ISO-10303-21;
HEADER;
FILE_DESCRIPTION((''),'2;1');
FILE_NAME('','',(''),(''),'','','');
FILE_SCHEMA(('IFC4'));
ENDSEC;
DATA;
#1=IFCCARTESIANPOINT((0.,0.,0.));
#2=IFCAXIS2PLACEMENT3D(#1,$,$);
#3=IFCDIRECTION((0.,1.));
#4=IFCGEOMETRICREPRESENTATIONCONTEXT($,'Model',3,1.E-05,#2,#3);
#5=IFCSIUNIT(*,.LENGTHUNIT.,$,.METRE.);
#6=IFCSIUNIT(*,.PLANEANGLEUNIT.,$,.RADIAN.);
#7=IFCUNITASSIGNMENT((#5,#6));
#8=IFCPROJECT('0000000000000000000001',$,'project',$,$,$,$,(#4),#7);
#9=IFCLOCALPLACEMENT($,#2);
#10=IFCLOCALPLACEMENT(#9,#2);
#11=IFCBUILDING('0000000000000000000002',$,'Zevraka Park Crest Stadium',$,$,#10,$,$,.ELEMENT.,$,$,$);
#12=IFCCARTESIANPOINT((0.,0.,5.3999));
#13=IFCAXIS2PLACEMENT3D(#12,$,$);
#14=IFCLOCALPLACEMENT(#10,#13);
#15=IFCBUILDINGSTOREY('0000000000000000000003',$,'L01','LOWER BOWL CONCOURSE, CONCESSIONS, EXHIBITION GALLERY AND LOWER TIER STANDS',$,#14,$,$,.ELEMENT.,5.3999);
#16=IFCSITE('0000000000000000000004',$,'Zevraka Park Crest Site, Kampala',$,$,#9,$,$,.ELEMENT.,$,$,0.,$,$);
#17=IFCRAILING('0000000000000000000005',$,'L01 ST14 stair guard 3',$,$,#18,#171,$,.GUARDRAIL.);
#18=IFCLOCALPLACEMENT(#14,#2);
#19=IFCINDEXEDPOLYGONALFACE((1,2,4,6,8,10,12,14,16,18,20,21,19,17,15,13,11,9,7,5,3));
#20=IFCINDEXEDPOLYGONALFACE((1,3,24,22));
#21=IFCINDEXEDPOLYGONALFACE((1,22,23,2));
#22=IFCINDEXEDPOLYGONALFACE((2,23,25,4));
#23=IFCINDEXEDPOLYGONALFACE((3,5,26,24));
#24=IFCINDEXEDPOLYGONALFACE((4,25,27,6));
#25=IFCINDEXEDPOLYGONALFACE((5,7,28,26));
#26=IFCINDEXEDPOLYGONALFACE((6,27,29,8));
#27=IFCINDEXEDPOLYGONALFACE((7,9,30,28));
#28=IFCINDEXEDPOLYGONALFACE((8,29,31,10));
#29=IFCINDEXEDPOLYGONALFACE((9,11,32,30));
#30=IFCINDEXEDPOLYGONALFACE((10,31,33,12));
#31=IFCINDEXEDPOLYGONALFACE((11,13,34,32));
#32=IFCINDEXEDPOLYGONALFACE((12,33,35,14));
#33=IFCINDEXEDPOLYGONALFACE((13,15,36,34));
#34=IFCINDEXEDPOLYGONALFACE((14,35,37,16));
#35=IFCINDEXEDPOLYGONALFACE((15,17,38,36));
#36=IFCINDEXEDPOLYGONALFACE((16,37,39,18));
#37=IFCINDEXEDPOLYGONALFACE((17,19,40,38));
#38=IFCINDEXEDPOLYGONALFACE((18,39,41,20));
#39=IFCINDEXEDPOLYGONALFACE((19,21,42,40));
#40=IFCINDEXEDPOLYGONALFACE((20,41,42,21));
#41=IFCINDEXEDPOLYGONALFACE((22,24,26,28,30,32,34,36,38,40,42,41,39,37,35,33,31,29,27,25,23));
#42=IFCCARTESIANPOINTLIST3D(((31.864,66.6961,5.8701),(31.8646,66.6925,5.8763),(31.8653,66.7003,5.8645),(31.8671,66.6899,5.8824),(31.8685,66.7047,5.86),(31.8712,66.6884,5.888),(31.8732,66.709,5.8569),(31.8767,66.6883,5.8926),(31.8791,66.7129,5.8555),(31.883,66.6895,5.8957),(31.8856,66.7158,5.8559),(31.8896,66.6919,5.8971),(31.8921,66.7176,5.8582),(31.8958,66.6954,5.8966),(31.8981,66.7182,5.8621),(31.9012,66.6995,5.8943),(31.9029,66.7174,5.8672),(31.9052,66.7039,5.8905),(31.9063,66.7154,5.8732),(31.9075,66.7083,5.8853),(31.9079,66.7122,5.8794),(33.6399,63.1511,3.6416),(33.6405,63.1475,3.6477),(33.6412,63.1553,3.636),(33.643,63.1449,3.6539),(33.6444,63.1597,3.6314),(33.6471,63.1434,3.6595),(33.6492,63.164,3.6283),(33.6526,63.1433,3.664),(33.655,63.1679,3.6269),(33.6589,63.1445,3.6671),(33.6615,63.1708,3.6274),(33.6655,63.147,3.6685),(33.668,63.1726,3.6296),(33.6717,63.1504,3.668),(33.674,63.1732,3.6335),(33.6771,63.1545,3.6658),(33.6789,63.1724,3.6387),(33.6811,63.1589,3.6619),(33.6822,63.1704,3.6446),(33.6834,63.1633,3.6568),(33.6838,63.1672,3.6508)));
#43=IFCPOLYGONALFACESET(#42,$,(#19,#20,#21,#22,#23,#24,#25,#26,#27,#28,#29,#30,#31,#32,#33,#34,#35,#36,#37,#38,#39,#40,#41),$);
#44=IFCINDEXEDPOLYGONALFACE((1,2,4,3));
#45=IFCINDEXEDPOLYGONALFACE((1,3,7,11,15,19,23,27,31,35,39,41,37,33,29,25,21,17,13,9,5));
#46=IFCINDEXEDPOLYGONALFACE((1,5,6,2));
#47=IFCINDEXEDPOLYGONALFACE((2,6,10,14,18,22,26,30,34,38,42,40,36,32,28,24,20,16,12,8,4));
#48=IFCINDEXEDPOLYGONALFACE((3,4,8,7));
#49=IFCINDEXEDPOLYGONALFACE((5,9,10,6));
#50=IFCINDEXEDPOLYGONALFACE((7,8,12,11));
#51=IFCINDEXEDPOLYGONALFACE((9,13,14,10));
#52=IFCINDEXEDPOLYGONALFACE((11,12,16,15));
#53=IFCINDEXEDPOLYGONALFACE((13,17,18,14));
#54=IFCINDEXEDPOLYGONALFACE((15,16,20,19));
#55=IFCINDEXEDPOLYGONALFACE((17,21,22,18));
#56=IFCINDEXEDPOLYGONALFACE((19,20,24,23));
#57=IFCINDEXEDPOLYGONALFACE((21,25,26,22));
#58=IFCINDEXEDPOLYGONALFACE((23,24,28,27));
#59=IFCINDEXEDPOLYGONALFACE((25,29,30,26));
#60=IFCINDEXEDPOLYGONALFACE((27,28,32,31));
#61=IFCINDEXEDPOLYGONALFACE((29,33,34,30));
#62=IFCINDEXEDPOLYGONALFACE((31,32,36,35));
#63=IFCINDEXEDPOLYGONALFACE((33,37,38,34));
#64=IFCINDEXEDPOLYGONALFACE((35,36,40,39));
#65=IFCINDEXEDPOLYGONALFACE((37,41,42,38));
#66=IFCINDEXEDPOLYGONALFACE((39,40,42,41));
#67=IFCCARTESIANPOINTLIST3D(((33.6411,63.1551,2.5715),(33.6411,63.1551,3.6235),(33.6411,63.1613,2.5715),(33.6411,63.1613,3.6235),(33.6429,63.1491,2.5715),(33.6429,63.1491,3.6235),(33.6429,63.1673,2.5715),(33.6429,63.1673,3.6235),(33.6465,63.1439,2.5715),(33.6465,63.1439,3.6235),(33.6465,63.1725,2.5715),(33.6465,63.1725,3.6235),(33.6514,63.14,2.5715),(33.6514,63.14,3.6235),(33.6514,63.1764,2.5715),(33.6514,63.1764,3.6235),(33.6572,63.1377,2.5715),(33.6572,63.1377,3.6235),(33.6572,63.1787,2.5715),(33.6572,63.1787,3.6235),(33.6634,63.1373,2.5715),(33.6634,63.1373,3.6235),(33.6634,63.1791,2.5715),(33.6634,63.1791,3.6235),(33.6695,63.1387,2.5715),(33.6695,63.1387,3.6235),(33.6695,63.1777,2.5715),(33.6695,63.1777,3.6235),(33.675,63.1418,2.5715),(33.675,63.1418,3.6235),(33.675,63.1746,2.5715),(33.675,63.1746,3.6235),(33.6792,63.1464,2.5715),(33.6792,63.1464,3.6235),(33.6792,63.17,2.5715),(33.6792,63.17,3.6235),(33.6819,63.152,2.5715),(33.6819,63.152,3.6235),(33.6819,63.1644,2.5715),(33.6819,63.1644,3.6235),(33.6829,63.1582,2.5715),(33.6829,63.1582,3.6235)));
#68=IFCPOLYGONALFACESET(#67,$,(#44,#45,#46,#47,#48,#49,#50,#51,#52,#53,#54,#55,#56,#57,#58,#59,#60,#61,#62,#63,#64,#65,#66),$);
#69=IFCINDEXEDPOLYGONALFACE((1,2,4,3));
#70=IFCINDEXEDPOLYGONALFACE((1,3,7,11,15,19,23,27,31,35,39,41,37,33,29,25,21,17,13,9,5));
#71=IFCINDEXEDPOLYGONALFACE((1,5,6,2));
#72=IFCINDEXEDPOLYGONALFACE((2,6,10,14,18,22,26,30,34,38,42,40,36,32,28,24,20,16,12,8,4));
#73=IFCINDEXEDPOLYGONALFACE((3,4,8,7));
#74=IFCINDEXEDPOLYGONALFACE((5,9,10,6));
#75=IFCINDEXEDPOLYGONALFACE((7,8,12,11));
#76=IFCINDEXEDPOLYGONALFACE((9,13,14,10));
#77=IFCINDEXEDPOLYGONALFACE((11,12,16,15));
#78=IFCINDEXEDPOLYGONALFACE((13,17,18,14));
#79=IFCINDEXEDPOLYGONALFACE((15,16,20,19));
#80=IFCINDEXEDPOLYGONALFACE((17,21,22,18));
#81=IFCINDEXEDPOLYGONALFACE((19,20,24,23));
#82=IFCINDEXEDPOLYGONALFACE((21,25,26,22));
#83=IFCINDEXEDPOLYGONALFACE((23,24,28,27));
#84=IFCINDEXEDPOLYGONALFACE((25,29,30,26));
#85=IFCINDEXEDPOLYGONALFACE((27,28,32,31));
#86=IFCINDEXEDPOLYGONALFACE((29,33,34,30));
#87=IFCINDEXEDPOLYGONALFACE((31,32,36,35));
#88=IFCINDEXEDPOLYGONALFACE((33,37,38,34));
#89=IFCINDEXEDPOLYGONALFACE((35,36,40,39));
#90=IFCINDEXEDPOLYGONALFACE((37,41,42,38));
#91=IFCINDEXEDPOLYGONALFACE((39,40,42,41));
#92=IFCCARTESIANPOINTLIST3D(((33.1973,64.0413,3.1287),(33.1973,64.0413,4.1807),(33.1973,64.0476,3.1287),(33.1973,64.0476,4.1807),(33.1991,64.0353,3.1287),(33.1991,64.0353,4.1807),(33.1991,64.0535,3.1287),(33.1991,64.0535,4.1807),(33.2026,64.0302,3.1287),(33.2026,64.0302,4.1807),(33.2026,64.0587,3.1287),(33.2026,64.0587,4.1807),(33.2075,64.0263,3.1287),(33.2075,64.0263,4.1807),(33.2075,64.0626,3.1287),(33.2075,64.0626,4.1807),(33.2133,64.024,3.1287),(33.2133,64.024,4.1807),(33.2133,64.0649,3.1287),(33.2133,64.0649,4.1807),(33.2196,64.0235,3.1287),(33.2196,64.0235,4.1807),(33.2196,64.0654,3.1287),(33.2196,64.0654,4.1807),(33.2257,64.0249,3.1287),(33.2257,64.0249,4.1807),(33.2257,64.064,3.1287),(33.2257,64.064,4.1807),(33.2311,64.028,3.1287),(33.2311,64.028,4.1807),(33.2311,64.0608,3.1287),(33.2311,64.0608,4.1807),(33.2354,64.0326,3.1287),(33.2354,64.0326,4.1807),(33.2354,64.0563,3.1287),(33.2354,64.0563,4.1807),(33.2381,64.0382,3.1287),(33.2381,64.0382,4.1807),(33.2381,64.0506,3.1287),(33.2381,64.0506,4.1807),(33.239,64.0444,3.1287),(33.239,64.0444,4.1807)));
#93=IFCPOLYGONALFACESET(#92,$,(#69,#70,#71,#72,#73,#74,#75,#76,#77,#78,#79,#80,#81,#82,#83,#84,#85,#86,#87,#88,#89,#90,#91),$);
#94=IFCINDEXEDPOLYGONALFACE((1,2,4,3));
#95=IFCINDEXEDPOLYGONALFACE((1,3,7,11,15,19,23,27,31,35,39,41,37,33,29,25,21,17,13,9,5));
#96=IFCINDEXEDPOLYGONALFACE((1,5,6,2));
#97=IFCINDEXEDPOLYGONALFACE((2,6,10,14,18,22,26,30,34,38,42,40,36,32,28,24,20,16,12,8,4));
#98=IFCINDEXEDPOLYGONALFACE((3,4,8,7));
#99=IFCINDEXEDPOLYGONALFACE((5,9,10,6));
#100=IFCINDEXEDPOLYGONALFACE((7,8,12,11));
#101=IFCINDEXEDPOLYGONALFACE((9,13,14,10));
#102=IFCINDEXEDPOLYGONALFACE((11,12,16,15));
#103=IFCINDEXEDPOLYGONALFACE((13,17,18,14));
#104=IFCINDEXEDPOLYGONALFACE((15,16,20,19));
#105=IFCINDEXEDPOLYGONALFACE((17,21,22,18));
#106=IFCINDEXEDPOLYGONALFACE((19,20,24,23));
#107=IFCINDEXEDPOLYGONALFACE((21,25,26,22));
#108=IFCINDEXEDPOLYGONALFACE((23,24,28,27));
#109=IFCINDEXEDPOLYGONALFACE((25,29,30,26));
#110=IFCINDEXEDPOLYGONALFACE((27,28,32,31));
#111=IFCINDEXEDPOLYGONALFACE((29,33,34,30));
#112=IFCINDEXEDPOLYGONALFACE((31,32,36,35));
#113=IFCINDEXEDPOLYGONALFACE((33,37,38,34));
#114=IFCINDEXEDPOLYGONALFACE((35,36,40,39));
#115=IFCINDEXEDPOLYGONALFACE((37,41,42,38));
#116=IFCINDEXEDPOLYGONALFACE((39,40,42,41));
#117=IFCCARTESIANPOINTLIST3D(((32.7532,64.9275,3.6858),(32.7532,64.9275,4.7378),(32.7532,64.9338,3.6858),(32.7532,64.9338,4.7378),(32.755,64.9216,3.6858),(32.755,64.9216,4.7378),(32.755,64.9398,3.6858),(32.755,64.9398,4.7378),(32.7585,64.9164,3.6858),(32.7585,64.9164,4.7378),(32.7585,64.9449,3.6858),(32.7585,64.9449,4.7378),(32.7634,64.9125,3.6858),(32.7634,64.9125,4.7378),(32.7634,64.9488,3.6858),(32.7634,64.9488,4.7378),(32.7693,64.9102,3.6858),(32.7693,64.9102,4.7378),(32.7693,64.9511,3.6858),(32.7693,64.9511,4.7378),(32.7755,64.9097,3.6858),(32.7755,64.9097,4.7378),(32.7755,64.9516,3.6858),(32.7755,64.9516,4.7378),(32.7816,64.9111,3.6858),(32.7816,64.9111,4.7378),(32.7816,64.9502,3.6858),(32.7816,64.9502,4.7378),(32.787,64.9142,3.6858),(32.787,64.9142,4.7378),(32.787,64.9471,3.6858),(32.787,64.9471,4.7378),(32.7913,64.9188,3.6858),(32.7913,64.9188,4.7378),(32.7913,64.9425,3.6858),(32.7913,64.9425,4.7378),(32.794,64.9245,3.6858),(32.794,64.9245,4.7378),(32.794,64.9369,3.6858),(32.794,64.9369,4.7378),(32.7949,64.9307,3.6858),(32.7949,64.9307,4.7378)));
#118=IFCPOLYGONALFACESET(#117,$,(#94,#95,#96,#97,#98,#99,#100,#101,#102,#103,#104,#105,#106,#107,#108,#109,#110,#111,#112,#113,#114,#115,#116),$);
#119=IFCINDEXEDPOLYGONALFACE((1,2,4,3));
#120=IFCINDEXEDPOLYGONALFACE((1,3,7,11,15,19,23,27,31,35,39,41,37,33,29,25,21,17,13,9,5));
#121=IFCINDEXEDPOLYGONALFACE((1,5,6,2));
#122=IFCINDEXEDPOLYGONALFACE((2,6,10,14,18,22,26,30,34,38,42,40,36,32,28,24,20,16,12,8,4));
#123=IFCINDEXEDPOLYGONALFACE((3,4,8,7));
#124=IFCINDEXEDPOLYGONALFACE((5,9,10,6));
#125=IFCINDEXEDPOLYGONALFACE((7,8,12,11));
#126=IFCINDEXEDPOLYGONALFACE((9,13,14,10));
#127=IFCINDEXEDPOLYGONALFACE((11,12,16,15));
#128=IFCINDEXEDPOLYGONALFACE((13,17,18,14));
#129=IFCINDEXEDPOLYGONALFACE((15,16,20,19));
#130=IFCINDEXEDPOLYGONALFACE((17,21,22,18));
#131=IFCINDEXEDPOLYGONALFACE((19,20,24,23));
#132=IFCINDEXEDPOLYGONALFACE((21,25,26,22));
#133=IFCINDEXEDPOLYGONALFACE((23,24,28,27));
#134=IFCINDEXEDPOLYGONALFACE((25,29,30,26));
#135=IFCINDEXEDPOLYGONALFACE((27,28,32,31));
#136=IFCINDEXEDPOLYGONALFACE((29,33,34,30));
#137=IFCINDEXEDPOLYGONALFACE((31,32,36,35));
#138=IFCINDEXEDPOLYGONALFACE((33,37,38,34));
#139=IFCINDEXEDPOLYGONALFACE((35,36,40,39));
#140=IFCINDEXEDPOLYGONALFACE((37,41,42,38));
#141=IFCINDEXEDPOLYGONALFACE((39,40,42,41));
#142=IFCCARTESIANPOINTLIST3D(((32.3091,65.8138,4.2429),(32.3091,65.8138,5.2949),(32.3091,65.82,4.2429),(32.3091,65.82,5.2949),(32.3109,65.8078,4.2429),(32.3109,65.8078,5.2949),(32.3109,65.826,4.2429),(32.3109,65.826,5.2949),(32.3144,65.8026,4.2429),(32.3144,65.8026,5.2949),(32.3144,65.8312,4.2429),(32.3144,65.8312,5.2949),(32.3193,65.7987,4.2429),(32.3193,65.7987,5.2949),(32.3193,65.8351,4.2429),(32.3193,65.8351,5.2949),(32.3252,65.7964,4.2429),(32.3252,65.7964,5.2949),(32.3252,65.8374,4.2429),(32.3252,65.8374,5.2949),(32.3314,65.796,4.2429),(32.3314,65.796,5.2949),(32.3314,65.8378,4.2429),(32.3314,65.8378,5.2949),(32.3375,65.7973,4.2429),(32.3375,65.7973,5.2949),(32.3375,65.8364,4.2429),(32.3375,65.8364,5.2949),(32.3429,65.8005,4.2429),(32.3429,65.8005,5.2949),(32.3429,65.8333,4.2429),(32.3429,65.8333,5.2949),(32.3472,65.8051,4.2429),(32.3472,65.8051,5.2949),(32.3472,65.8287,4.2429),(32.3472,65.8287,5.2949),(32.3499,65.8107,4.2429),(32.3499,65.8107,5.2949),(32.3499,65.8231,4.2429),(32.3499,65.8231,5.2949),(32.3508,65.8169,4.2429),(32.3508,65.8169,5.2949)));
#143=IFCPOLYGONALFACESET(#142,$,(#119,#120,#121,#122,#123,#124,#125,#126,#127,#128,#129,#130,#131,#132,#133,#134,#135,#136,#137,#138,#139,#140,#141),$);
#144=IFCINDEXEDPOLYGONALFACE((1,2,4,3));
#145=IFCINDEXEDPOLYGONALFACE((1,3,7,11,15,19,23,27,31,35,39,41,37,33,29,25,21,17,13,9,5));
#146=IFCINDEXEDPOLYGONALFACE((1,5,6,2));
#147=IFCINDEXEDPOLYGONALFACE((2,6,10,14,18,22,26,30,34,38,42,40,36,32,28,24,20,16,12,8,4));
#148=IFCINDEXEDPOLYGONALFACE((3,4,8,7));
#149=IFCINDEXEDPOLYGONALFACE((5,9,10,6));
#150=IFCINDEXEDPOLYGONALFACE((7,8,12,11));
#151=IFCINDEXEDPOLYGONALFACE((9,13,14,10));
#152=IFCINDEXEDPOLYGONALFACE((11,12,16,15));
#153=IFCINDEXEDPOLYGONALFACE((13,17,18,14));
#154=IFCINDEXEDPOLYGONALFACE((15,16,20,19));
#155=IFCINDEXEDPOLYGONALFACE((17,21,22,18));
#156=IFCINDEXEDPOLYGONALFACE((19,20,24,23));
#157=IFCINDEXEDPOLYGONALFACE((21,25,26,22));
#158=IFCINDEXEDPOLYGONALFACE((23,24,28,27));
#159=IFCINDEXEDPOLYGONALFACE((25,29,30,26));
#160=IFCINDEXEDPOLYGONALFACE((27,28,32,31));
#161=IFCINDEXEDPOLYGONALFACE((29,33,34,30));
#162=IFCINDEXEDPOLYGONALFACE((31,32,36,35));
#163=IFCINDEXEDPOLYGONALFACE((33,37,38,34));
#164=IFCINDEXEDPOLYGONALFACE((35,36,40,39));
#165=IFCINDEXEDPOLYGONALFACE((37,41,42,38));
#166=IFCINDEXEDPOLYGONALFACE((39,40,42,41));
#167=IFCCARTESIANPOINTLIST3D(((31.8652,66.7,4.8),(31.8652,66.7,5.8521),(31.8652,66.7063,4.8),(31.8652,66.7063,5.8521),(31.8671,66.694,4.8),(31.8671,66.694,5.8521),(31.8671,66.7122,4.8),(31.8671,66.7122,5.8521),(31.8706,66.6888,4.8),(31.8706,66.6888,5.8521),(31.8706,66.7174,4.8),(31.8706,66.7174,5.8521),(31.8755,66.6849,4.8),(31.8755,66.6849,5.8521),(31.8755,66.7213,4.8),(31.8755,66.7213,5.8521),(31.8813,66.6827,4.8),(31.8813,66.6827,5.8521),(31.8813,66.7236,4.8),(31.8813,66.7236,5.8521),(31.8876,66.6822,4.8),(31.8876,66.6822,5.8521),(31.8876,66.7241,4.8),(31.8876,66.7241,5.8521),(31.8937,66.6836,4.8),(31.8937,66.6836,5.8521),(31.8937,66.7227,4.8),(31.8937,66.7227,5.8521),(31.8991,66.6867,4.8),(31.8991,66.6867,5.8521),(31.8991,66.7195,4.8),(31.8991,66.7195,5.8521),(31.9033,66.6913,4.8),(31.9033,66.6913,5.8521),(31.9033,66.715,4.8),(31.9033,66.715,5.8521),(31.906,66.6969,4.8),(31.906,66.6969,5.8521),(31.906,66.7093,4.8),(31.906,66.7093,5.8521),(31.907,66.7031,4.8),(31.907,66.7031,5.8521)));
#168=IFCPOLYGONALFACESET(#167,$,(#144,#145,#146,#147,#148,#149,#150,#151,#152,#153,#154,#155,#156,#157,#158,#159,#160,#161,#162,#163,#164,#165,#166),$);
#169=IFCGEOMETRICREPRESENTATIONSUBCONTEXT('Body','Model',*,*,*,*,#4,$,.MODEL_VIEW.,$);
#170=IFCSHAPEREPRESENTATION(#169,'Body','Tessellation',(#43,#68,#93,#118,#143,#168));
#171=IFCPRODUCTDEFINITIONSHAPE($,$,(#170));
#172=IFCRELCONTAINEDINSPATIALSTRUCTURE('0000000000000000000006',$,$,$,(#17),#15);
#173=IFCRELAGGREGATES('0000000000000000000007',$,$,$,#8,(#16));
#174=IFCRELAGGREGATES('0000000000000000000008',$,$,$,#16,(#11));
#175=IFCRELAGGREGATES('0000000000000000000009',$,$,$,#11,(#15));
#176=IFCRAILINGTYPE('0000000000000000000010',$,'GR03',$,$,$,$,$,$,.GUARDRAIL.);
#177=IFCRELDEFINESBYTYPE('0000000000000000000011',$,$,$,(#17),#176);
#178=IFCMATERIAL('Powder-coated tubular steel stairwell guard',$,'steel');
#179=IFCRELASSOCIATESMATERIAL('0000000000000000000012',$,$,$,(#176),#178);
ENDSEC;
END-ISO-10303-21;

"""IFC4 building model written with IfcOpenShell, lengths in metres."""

from ifc_helpers import new_model, si_unit, direction, frame, origin, origin_2d, place, context, subcontext, project, spatial, circle, extrude, material, type_object, element, save


model = new_model("IFC4")

# Units and contexts
model_context = context("Model", 3, precision=1e-05, world=origin(), true_north=direction((0.0, 1.0)))
body_context = subcontext(model_context, "Body", "Model", "MODEL_VIEW")
ifc_project = project(units=[si_unit("LENGTHUNIT", "METRE"), si_unit("PLANEANGLEUNIT", "RADIAN")], contexts=[model_context])

# Site, building, storey
site_placement = place(None, origin())
site = spatial("IfcSite", under=ifc_project, at=site_placement, Name="Zevraka Park Crest Site, Kampala", CompositionType="ELEMENT", RefElevation=0.0)
building_placement = place(site_placement, origin())
building = spatial("IfcBuilding", under=site, at=building_placement, Name="Zevraka Park Crest Stadium", CompositionType="ELEMENT")
storey_placement = place(building_placement, frame((0.0, 0.0, 5.3999)))
storey = spatial("IfcBuildingStorey", under=building, at=storey_placement, Name="L01", Description="LOWER BOWL CONCOURSE, CONCESSIONS, EXHIBITION GALLERY AND LOWER TIER STANDS", CompositionType="ELEMENT", Elevation=5.3999)

# Railing
ifc_material_1 = material(Name="Powder-coated tubular steel stairwell guard", Category="steel")
railing_type_1 = type_object("IfcRailingType", Name="GR03", PredefinedType="GUARDRAIL", material=ifc_material_1)
railing_1_placement = place(storey_placement, frame((33.6619, 63.1582, 2.5715)))
element("IfcRailing", 1, at=railing_1_placement, inside=storey, type_object=railing_type_1, Name="L01 ST14 stair guard 3", PredefinedType="GUARDRAIL", context=body_context, shape_type="SweptSolid", body=[
    extrude(circle(Radius=0.0239, at=origin_2d()), frame((0.0, 0.0, 1.0762), z_axis=(-0.390454, 0.779405, 0.489973), x_axis=(-0.894082, -0.447903, 0.0)), (0.0, 0.0, 1.0), 4.5483),
    extrude(circle(Radius=0.021, at=origin_2d()), origin(), (0.0, 0.0, 1.0), 1.052),
    extrude(circle(Radius=0.021, at=origin_2d()), frame((-0.4438, 0.8862, 0.5571)), (0.0, 0.0, 1.0), 1.052),
    extrude(circle(Radius=0.021, at=origin_2d()), frame((-0.8879, 1.7725, 1.1143)), (0.0, 0.0, 1.0), 1.052),
    extrude(circle(Radius=0.021, at=origin_2d()), frame((-1.332, 2.6587, 1.6714)), (0.0, 0.0, 1.0), 1.052),
    extrude(circle(Radius=0.021, at=origin_2d()), frame((-1.7759, 3.5449, 2.2285)), (0.0, 0.0, 1.0), 1.052),
])

save(model, "model.ifc")
